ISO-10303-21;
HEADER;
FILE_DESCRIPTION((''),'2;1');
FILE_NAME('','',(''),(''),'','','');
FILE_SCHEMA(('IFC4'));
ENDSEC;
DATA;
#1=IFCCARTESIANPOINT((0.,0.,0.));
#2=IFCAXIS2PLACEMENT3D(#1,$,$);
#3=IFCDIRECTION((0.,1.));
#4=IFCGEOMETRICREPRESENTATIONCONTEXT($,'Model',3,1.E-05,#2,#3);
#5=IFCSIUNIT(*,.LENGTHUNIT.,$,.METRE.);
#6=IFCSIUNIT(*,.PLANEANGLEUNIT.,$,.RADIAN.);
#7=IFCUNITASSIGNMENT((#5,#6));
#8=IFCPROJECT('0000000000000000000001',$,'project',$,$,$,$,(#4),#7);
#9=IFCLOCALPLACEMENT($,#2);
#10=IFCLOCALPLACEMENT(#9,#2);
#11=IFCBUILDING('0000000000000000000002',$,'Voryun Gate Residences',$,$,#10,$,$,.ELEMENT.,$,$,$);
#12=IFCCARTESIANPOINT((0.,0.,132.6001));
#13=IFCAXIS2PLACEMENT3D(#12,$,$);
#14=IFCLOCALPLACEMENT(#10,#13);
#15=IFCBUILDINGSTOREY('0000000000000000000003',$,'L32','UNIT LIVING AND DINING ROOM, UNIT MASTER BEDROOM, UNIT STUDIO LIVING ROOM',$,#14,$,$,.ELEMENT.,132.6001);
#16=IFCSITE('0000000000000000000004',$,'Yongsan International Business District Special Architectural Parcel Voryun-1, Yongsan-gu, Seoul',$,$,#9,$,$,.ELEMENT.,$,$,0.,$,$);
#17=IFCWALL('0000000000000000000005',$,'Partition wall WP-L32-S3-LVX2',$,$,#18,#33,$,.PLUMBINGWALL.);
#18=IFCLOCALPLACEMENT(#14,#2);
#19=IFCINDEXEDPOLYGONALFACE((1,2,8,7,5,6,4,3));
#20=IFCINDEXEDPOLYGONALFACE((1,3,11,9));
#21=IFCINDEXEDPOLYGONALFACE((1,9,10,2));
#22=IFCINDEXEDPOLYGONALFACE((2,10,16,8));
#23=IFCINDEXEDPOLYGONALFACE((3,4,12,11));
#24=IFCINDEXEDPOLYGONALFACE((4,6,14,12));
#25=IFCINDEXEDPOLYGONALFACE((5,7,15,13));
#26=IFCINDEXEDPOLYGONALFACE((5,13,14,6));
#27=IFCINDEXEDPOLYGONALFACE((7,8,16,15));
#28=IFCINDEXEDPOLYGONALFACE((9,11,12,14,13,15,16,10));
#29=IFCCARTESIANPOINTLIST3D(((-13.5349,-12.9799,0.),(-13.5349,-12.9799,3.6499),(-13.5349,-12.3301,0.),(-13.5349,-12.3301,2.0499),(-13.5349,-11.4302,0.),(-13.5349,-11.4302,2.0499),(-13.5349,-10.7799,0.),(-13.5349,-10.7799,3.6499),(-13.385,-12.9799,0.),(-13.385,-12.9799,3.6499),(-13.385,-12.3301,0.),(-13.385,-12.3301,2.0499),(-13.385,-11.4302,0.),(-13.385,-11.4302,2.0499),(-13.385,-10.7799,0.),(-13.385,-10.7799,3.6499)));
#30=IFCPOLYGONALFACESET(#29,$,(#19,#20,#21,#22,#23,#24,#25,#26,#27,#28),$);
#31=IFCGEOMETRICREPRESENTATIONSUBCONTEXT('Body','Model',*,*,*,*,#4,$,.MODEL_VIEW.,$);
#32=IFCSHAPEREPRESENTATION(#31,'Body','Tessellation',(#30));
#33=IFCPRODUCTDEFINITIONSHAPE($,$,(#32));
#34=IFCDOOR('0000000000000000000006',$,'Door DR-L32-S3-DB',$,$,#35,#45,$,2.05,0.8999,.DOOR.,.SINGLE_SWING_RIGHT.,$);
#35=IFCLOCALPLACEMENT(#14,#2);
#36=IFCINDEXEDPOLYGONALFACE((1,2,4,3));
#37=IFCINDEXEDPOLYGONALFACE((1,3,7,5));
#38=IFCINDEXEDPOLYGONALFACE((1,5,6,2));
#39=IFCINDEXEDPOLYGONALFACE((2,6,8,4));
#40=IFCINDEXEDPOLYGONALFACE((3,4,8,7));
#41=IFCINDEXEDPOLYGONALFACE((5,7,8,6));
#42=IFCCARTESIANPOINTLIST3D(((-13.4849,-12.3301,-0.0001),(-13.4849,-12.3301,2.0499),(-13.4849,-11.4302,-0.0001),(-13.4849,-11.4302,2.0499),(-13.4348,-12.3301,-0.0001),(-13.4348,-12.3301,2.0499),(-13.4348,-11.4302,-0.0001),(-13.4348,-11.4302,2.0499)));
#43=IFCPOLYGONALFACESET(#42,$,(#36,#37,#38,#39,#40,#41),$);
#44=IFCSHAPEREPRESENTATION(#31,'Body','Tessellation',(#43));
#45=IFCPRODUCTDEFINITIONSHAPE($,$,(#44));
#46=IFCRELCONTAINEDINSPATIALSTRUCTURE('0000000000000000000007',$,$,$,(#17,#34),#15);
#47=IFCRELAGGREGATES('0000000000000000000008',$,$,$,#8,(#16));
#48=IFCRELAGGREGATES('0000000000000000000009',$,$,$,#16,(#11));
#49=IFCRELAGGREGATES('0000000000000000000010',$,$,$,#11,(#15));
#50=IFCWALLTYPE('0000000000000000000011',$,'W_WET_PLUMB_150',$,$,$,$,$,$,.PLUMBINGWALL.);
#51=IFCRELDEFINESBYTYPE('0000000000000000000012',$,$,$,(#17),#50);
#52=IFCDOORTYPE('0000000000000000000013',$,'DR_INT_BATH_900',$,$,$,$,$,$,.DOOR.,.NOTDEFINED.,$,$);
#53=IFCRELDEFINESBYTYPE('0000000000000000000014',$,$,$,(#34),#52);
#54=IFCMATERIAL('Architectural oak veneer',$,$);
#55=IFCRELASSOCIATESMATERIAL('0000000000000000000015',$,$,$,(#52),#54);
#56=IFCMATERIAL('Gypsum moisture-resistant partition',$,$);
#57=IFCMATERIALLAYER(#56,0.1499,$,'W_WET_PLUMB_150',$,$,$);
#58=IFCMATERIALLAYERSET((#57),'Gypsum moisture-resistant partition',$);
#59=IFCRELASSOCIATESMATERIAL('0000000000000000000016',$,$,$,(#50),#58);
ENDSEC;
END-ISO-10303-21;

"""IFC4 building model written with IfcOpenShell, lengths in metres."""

from ifc_helpers import new_model, si_unit, direction, frame, frame_2d, origin, place, context, subcontext, project, spatial, rectangle, extrude, material, layer, layer_set, type_object, element, fill, save


model = new_model("IFC4")

# Units and contexts
model_context = context("Model", 3, precision=1e-05, world=origin(), true_north=direction((0.0, 1.0)))
body_context = subcontext(model_context, "Body", "Model", "MODEL_VIEW")
ifc_project = project(units=[si_unit("LENGTHUNIT", "METRE"), si_unit("PLANEANGLEUNIT", "RADIAN")], contexts=[model_context])

# Site, building, storey
site_placement = place(None, origin())
site = spatial("IfcSite", under=ifc_project, at=site_placement, Name="Yongsan International Business District Special Architectural Parcel Voryun-1, Yongsan-gu, Seoul", CompositionType="ELEMENT", RefElevation=0.0)
building_placement = place(site_placement, origin())
building = spatial("IfcBuilding", under=site, at=building_placement, Name="Voryun Gate Residences", CompositionType="ELEMENT")
storey_placement = place(building_placement, frame((0.0, 0.0, 132.6001)))
storey = spatial("IfcBuildingStorey", under=building, at=storey_placement, Name="L32", Description="UNIT LIVING AND DINING ROOM, UNIT MASTER BEDROOM, UNIT STUDIO LIVING ROOM", CompositionType="ELEMENT", Elevation=132.6001)

# Shared definitions
ifc_material_1 = material(Name="Architectural oak veneer")
door_type_1 = type_object("IfcDoorType", Name="DR_INT_BATH_900", OperationType="NOTDEFINED", PredefinedType="DOOR", material=ifc_material_1)

# Shared definitions
ifc_material_2 = material(Name="Gypsum moisture-resistant partition")
ifc_layer_1 = layer(ifc_material_2, 0.1499, Name="W_WET_PLUMB_150")
ifc_layer_set_1 = layer_set([ifc_layer_1], Name="Gypsum moisture-resistant partition")
wall_type_1 = type_object("IfcWallType", Name="W_WET_PLUMB_150", PredefinedType="PLUMBINGWALL", material=ifc_layer_set_1)

# Wall, opening, door
wall_1_placement = place(storey_placement, frame((-13.46, -12.98, 0.0), z_axis=(0.0, 0.0, 1.0), x_axis=(0.0, 1.0, 0.0)))
wall_1 = element("IfcWall", 1, at=wall_1_placement, inside=storey, type_object=wall_type_1, Name="Partition wall WP-L32-S3-LVX2", PredefinedType="PLUMBINGWALL", context=body_context, shape_type="SweptSolid", body=[
    extrude(rectangle(XDim=2.2, YDim=0.1499, at=frame_2d((1.1001, 0.0))), origin(), (0.0, 0.0, 1.0), 3.6499),
])
opening_1_placement = place(wall_1_placement, frame((0.6499, 0.0, 0.0)))
opening_1 = element("IfcOpeningElement", 2, at=opening_1_placement, cuts=wall_1, PredefinedType="OPENING", context=body_context, shape_type="SweptSolid", body=[
    extrude(rectangle(XDim=0.8999, YDim=2.05, at=frame_2d((0.45, 1.0249))), frame((0.0, 0.085, 0.0), z_axis=(0.0, -1.0, 0.0), x_axis=(1.0, 0.0, 0.0)), (0.0, 0.0, 1.0), 0.1699),
])
door_1_placement = place(opening_1_placement, origin())
door_1 = element("IfcDoor", 3, at=door_1_placement, inside=storey, type_object=door_type_1, Name="Door DR-L32-S3-DB", OperationType="SINGLE_SWING_RIGHT", OverallHeight=2.05, OverallWidth=0.8999, PredefinedType="DOOR", context=body_context, shape_type="SweptSolid", body=[
    extrude(rectangle(XDim=0.8999, YDim=2.05, at=frame_2d((0.45, 1.0249))), frame((0.0, 0.0249, 0.0), z_axis=(0.0, -1.0, 0.0), x_axis=(1.0, 0.0, 0.0)), (0.0, 0.0, 1.0), 0.05),
])
fill(opening_1, door_1)

save(model, "model.ifc")
